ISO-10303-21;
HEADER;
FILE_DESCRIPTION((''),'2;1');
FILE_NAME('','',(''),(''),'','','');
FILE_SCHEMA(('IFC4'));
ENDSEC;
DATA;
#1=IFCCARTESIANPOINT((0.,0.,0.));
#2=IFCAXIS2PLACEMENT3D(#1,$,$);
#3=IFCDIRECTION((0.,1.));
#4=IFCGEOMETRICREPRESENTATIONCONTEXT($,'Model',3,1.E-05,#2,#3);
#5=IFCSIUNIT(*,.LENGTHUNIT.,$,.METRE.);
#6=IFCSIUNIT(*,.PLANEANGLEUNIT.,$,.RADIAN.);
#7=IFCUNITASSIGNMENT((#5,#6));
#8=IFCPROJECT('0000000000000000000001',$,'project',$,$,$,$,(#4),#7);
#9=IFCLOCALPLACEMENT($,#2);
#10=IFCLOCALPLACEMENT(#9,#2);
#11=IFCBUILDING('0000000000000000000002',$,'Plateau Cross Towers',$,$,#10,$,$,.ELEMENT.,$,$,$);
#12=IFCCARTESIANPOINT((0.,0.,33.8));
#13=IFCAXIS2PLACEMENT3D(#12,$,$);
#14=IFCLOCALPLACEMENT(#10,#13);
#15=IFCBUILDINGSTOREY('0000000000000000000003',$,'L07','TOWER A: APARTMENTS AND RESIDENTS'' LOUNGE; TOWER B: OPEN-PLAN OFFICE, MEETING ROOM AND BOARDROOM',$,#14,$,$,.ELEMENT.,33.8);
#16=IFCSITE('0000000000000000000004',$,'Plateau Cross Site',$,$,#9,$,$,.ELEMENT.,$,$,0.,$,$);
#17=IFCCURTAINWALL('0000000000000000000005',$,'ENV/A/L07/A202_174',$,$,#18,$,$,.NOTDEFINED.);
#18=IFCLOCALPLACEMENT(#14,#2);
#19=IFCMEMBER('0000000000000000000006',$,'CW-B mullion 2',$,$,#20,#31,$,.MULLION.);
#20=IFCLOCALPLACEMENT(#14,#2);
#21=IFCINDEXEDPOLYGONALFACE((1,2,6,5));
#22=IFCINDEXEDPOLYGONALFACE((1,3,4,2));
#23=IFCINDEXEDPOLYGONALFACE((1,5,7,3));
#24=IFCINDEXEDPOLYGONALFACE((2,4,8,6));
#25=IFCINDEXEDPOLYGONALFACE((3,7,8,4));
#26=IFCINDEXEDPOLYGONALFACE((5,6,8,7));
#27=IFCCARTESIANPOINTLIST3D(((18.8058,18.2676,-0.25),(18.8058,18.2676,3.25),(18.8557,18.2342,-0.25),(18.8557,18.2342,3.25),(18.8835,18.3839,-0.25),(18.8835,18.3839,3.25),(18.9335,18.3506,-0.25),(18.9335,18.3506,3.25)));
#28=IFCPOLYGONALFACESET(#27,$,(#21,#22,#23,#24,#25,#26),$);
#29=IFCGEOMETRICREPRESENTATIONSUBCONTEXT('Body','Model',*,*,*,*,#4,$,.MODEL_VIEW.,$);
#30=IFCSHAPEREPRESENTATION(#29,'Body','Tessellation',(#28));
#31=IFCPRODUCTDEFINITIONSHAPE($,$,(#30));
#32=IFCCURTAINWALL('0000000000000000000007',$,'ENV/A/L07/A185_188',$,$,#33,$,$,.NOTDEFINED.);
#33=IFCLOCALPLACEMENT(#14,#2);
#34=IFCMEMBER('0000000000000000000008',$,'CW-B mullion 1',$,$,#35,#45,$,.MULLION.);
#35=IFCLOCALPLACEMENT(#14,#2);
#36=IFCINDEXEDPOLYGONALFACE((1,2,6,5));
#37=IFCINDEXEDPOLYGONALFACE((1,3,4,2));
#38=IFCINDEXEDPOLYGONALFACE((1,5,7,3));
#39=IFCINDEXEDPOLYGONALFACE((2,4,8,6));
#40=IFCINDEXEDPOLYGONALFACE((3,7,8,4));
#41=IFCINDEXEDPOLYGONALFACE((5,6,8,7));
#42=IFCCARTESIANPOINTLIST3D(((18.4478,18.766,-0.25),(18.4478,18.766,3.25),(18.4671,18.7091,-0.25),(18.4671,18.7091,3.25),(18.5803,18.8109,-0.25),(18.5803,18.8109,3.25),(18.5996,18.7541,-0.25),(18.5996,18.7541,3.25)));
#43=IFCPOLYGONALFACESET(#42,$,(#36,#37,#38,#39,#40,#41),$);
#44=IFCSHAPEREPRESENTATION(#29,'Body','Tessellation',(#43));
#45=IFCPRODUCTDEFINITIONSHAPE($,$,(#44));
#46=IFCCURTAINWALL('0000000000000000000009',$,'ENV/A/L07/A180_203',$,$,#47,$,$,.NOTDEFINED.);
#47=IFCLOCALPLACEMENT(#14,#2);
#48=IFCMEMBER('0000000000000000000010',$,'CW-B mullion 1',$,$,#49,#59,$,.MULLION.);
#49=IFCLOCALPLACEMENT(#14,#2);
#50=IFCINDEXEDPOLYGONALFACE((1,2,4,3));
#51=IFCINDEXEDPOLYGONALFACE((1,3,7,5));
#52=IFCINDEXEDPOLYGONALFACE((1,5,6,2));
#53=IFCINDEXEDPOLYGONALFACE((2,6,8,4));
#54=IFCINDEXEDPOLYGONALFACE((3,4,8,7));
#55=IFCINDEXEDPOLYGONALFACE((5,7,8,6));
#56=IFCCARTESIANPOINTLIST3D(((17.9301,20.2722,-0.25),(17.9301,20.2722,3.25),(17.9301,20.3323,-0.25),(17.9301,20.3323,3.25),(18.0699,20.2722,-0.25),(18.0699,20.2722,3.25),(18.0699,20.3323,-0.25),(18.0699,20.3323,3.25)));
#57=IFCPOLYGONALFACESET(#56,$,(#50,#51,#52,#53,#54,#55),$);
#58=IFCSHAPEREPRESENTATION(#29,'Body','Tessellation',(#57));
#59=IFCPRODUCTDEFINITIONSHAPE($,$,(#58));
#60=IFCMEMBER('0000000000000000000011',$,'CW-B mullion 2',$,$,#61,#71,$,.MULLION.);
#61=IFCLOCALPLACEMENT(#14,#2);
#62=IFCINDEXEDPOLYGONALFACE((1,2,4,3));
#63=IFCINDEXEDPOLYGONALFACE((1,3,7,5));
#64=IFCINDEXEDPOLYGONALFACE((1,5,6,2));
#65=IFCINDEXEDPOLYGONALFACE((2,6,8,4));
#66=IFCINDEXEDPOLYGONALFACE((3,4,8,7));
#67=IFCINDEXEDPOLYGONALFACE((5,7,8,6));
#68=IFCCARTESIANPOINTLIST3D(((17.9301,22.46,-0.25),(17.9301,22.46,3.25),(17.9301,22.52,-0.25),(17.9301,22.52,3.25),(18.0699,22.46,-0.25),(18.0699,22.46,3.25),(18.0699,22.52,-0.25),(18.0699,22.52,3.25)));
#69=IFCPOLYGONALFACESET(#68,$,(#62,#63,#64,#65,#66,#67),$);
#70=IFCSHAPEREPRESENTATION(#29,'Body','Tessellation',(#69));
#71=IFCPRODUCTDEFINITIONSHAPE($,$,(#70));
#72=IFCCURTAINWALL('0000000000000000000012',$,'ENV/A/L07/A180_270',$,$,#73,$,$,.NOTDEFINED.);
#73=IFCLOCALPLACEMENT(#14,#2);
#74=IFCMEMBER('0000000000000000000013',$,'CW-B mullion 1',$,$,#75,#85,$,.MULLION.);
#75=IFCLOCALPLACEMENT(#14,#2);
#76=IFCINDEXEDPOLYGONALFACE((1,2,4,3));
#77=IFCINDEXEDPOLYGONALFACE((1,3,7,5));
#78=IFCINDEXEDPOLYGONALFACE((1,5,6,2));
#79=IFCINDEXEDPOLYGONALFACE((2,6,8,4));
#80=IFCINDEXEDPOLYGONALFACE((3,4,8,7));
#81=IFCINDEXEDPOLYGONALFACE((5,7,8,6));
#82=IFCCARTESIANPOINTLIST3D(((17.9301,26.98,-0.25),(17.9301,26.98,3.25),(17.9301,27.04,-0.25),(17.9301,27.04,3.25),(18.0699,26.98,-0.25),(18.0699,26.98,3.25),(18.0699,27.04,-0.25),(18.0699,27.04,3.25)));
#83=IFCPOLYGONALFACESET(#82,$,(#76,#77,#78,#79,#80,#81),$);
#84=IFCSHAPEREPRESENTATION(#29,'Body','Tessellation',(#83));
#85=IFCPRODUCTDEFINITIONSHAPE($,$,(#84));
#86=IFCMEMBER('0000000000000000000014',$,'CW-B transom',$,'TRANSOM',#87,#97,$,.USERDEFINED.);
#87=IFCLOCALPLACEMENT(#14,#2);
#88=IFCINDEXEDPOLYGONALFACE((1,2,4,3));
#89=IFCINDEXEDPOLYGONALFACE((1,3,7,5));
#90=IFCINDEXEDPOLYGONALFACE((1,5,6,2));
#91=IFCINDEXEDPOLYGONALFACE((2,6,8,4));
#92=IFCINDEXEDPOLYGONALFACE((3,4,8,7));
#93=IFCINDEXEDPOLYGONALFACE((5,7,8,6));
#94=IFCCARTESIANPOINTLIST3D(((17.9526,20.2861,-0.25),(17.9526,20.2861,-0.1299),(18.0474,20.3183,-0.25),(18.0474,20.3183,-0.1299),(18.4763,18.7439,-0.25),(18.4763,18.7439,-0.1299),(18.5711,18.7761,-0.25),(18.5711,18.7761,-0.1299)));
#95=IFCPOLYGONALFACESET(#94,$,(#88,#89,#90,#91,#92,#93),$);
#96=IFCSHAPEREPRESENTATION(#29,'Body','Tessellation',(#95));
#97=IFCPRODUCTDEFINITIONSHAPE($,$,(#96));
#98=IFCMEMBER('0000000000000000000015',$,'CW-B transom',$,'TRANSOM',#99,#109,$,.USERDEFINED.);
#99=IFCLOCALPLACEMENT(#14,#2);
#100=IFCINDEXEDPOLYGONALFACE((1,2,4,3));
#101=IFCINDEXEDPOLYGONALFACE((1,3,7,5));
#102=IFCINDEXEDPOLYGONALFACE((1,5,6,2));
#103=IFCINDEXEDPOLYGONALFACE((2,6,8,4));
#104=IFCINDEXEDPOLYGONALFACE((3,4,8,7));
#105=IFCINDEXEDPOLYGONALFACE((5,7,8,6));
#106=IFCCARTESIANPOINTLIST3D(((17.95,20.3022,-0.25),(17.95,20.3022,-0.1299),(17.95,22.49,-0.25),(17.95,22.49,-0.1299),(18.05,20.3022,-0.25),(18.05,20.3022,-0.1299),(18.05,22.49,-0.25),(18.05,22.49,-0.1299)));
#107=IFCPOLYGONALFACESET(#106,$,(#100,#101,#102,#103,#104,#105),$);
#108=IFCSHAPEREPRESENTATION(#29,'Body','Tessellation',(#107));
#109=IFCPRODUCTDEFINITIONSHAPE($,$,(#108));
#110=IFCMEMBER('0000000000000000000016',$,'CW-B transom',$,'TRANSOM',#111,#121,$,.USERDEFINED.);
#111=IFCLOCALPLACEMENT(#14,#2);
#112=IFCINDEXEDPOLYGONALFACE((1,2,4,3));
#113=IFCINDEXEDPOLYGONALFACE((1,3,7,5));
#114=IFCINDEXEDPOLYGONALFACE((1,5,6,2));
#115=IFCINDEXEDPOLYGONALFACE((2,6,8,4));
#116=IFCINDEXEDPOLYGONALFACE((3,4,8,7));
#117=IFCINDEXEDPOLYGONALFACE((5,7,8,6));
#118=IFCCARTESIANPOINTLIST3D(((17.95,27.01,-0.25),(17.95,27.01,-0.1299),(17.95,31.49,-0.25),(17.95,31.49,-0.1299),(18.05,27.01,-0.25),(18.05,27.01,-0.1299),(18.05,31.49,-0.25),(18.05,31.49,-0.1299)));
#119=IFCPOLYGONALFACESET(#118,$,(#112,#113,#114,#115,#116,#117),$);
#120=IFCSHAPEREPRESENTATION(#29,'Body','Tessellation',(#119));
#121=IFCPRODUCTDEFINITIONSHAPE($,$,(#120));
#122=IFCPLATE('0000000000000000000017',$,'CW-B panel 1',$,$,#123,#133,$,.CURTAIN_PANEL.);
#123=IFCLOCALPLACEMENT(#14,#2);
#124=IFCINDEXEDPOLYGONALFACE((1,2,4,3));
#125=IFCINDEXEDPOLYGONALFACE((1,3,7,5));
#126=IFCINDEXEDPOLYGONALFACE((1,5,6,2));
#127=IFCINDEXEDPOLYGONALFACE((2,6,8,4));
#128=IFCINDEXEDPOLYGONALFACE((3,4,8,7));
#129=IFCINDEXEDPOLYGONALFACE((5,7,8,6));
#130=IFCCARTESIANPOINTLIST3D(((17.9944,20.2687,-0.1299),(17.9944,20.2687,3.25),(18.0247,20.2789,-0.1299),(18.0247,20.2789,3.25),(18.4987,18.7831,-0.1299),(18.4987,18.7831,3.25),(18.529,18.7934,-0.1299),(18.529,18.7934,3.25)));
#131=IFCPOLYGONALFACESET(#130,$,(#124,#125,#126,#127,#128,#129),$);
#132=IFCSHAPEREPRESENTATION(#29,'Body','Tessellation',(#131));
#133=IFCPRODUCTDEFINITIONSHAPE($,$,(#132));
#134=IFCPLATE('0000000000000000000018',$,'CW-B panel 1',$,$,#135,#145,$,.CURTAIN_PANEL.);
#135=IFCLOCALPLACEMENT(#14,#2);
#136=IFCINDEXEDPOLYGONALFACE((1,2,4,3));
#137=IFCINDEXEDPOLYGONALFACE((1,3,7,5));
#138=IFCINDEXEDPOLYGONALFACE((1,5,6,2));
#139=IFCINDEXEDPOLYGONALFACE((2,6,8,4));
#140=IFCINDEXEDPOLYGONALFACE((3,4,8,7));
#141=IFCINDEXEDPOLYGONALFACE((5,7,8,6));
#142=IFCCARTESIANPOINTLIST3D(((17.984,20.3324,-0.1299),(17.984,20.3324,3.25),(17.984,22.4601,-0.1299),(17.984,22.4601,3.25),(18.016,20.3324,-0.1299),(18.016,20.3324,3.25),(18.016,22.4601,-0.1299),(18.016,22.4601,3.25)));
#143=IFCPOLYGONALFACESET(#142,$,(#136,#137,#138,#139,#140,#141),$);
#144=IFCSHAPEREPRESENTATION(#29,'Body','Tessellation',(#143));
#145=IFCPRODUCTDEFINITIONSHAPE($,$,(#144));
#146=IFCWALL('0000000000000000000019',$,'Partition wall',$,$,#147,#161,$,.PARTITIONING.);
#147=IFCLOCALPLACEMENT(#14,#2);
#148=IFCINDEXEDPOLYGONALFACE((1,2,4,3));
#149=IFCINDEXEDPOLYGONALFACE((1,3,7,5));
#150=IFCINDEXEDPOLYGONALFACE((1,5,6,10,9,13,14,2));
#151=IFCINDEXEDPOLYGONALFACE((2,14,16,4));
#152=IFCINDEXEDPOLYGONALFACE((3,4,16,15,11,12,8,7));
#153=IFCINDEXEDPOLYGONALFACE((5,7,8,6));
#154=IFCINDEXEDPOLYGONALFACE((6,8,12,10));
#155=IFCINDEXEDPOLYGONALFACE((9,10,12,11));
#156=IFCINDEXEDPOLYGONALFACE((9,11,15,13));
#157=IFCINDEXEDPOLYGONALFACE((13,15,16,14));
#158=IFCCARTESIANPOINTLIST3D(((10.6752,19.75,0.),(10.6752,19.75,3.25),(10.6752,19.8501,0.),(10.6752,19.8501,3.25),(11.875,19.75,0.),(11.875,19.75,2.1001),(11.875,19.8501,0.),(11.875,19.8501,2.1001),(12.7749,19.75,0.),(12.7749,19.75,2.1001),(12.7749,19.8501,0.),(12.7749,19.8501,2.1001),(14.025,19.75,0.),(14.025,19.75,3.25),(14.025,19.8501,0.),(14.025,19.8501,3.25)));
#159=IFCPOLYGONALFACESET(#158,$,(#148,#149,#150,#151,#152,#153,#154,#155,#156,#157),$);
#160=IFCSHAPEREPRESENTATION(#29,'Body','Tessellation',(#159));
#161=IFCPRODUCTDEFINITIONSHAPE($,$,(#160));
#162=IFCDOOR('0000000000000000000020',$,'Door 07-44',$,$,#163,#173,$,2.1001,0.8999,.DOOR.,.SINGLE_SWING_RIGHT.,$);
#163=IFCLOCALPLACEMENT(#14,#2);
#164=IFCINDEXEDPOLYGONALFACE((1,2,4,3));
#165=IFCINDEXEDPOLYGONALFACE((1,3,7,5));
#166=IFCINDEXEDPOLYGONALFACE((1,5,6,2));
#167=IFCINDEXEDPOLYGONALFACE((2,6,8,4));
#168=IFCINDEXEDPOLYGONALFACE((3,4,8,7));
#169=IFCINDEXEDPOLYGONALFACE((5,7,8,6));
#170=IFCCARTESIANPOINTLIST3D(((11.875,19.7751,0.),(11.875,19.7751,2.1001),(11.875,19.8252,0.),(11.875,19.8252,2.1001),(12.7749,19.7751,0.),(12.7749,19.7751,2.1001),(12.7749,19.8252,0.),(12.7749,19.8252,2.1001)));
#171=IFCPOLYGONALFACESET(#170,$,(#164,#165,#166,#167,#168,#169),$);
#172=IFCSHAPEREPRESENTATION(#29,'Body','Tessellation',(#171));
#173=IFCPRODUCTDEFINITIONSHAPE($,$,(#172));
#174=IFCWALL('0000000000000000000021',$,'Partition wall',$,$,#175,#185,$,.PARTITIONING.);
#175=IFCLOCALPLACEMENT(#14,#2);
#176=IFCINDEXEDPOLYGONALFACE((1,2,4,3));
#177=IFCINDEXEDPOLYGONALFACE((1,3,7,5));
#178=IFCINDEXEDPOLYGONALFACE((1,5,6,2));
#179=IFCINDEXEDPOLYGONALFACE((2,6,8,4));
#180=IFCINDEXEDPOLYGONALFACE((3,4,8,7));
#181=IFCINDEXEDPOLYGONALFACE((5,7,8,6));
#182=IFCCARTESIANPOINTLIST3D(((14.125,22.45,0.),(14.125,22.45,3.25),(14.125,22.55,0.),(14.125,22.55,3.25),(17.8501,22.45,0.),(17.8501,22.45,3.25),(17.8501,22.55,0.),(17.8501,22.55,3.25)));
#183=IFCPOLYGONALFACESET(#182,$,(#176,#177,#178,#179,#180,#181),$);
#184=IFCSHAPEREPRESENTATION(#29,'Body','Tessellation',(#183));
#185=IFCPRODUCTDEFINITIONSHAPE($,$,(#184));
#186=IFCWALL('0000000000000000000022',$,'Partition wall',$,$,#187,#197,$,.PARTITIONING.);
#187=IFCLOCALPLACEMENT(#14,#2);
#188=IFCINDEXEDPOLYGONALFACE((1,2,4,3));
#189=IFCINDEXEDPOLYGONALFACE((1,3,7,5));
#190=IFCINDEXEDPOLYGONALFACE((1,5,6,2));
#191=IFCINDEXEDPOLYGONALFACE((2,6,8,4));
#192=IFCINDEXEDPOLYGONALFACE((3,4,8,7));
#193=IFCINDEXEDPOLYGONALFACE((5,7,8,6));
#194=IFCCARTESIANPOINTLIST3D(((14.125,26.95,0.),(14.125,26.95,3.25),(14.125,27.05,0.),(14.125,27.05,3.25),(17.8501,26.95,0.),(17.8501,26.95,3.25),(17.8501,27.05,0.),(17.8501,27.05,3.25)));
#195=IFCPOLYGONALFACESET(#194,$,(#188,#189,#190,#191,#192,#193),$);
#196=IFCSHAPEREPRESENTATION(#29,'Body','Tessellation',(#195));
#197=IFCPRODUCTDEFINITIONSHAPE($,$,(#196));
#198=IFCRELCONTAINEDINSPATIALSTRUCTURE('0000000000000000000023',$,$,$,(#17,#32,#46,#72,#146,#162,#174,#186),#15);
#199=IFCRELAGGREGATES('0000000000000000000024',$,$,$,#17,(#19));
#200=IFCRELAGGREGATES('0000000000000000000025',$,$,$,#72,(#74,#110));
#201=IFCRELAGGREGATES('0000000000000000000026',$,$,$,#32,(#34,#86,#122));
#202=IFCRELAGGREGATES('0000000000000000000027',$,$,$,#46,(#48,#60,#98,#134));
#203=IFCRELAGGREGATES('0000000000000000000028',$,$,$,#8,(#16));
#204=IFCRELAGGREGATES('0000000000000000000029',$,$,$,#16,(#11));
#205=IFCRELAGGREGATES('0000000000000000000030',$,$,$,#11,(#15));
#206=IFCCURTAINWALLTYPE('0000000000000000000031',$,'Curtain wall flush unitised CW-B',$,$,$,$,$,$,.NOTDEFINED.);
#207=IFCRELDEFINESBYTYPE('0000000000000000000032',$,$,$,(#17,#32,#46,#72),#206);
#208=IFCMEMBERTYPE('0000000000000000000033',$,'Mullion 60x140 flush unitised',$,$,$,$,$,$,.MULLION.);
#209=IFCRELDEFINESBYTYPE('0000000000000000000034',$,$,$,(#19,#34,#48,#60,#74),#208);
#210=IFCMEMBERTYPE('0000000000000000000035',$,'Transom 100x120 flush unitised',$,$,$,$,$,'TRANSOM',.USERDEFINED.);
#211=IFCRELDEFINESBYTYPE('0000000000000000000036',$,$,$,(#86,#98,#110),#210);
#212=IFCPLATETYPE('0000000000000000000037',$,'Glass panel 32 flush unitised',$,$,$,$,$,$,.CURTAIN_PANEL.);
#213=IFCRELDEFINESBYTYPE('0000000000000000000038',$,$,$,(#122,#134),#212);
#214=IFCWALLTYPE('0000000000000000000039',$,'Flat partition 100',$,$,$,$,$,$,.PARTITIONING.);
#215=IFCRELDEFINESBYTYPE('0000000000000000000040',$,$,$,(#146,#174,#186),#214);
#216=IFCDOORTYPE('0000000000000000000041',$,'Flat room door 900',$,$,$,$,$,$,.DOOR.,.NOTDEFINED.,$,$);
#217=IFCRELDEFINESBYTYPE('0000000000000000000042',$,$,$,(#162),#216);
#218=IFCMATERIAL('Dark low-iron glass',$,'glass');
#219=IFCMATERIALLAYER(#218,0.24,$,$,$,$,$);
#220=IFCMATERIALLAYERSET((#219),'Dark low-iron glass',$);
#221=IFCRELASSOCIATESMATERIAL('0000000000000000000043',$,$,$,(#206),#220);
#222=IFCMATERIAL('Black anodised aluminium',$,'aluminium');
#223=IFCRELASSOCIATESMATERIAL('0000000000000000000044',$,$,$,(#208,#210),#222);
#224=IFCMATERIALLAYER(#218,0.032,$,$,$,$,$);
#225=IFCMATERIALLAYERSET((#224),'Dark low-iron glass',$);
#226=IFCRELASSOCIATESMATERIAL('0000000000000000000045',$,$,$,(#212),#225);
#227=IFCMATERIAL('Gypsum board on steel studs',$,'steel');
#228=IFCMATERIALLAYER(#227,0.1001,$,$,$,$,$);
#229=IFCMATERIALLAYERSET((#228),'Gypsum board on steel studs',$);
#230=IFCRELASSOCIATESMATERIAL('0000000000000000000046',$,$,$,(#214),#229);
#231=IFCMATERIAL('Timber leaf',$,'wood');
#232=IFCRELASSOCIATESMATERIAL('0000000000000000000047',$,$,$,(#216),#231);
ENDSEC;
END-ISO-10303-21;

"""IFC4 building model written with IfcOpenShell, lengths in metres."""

from ifc_helpers import new_model, si_unit, direction, frame, frame_2d, origin, origin_2d, place, context, subcontext, project, spatial, rectangle, extrude, material, layer, layer_set, material_profile, profile_set, type_object, element, fill, aggregate, save


model = new_model("IFC4")

# Units and contexts
model_context = context("Model", 3, precision=1e-05, world=origin(), true_north=direction((0.0, 1.0)))
body_context = subcontext(model_context, "Body", "Model", "MODEL_VIEW")
ifc_project = project(units=[si_unit("LENGTHUNIT", "METRE"), si_unit("PLANEANGLEUNIT", "RADIAN")], contexts=[model_context])

# Site, building, storey
site_placement = place(None, origin())
site = spatial("IfcSite", under=ifc_project, at=site_placement, Name="Plateau Cross Site", CompositionType="ELEMENT", RefElevation=0.0)
building_placement = place(site_placement, origin())
building = spatial("IfcBuilding", under=site, at=building_placement, Name="Plateau Cross Towers", CompositionType="ELEMENT")
storey_placement = place(building_placement, frame((0.0, 0.0, 33.8)))
storey = spatial("IfcBuildingStorey", under=building, at=storey_placement, Name="L07", Description="TOWER A: APARTMENTS AND RESIDENTS' LOUNGE; TOWER B: OPEN-PLAN OFFICE, MEETING ROOM AND BOARDROOM", CompositionType="ELEMENT", Elevation=33.8)

# Curtain walls, members
ifc_material_1 = material(Name="Dark low-iron glass", Category="glass")
ifc_layer_1 = layer(ifc_material_1, 0.24)
ifc_layer_set_1 = layer_set([ifc_layer_1], Name="Dark low-iron glass")
curtain_wall_type = type_object("IfcCurtainWallType", Name="Curtain wall flush unitised CW-B", PredefinedType="NOTDEFINED", material=ifc_layer_set_1)
curtain_wall_1_placement = place(storey_placement, origin())
curtain_wall_1 = element("IfcCurtainWall", 1, at=curtain_wall_1_placement, inside=storey, type_object=curtain_wall_type, Name="ENV/A/L07/A202_174", PredefinedType="NOTDEFINED")
ifc_material_2 = material(Name="Black anodised aluminium", Category="aluminium")
ifc_material_profile_1 = material_profile(ifc_material_2, rectangle(XDim=0.0601, YDim=0.1399, at=origin_2d()), Name="MULLION 60x140")
ifc_profile_set_1 = profile_set([ifc_material_profile_1], Name="Black anodised aluminium")
member_type_1 = type_object("IfcMemberType", Name="Mullion 60x140 flush unitised", PredefinedType="MULLION", material=ifc_profile_set_1)
member_1_placement = place(storey_placement, frame((18.8696, 18.3091, -0.25), z_axis=(0.0, 0.0, 1.0), x_axis=(-0.831521, 0.555493, 0.0)))
member_1 = element("IfcMember", 2, at=member_1_placement, type_object=member_type_1, Name="CW-B mullion 2", PredefinedType="MULLION", context=body_context, shape_type="SweptSolid", body=[
    extrude(rectangle(XDim=0.0601, YDim=0.1399, at=origin_2d()), origin(), (0.0, 0.0, 1.0), 3.5),
])
aggregate(curtain_wall_1, [member_1])
curtain_wall_2_placement = place(storey_placement, origin())
curtain_wall_2 = element("IfcCurtainWall", 3, at=curtain_wall_2_placement, inside=storey, type_object=curtain_wall_type, Name="ENV/A/L07/A185_188", PredefinedType="NOTDEFINED")
member_2_placement = place(storey_placement, frame((18.5237, 18.76, -0.25), z_axis=(0.0, 0.0, 1.0), x_axis=(-0.321469, 0.94692, 0.0)))
member_2 = element("IfcMember", 4, at=member_2_placement, type_object=member_type_1, Name="CW-B mullion 1", PredefinedType="MULLION", context=body_context, shape_type="SweptSolid", body=[
    extrude(rectangle(XDim=0.0601, YDim=0.1399, at=origin_2d()), origin(), (0.0, 0.0, 1.0), 3.5),
])

# Curtain wall, members
curtain_wall_3_placement = place(storey_placement, origin())
curtain_wall_3 = element("IfcCurtainWall", 5, at=curtain_wall_3_placement, inside=storey, type_object=curtain_wall_type, Name="ENV/A/L07/A180_203", PredefinedType="NOTDEFINED")
member_3_placement = place(storey_placement, frame((18.0, 20.3022, -0.25), z_axis=(0.0, 0.0, 1.0), x_axis=(0.0, 1.0, 0.0)))
member_3 = element("IfcMember", 6, at=member_3_placement, type_object=member_type_1, Name="CW-B mullion 1", PredefinedType="MULLION", context=body_context, shape_type="SweptSolid", body=[
    extrude(rectangle(XDim=0.0601, YDim=0.1399, at=origin_2d()), origin(), (0.0, 0.0, 1.0), 3.5),
])
member_4_placement = place(storey_placement, frame((18.0, 22.49, -0.25), z_axis=(0.0, 0.0, 1.0), x_axis=(0.0, 1.0, 0.0)))
member_4 = element("IfcMember", 7, at=member_4_placement, type_object=member_type_1, Name="CW-B mullion 2", PredefinedType="MULLION", context=body_context, shape_type="SweptSolid", body=[
    extrude(rectangle(XDim=0.0601, YDim=0.1399, at=origin_2d()), origin(), (0.0, 0.0, 1.0), 3.5),
])

# Curtain wall, member
curtain_wall_4_placement = place(storey_placement, origin())
curtain_wall_4 = element("IfcCurtainWall", 8, at=curtain_wall_4_placement, inside=storey, type_object=curtain_wall_type, Name="ENV/A/L07/A180_270", PredefinedType="NOTDEFINED")
member_5_placement = place(storey_placement, frame((18.0, 27.01, -0.25), z_axis=(0.0, 0.0, 1.0), x_axis=(0.0, 1.0, 0.0)))
member_5 = element("IfcMember", 9, at=member_5_placement, type_object=member_type_1, Name="CW-B mullion 1", PredefinedType="MULLION", context=body_context, shape_type="SweptSolid", body=[
    extrude(rectangle(XDim=0.0601, YDim=0.1399, at=origin_2d()), origin(), (0.0, 0.0, 1.0), 3.5),
])

# Members
ifc_material_profile_2 = material_profile(ifc_material_2, rectangle(XDim=0.1001, YDim=0.1201, at=origin_2d()), Name="TRANSOM 100x120")
ifc_profile_set_2 = profile_set([ifc_material_profile_2], Name="Black anodised aluminium")
member_type_2 = type_object("IfcMemberType", Name="Transom 100x120 flush unitised", ElementType="TRANSOM", PredefinedType="USERDEFINED", material=ifc_profile_set_2)
member_6_placement = place(storey_placement, frame((18.5237, 18.76, -0.1899), z_axis=(-0.321529, 0.9469, 0.0), x_axis=(-0.9469, -0.321529, 0.0)))
member_6 = element("IfcMember", 10, at=member_6_placement, type_object=member_type_2, Name="CW-B transom", ObjectType="TRANSOM", PredefinedType="USERDEFINED", context=body_context, shape_type="SweptSolid", body=[
    extrude(rectangle(XDim=0.1001, YDim=0.1201, at=origin_2d()), origin(), (0.0, 0.0, 1.0), 1.6287),
])
member_7_placement = place(storey_placement, frame((18.0, 20.3022, -0.1899), z_axis=(0.0, 1.0, 0.0), x_axis=(-1.0, 0.0, 0.0)))
member_7 = element("IfcMember", 11, at=member_7_placement, type_object=member_type_2, Name="CW-B transom", ObjectType="TRANSOM", PredefinedType="USERDEFINED", context=body_context, shape_type="SweptSolid", body=[
    extrude(rectangle(XDim=0.1001, YDim=0.1201, at=origin_2d()), origin(), (0.0, 0.0, 1.0), 2.1877),
])
member_8_placement = place(storey_placement, frame((18.0, 27.01, -0.1899), z_axis=(0.0, 1.0, 0.0), x_axis=(-1.0, 0.0, 0.0)))
member_8 = element("IfcMember", 12, at=member_8_placement, type_object=member_type_2, Name="CW-B transom", ObjectType="TRANSOM", PredefinedType="USERDEFINED", context=body_context, shape_type="SweptSolid", body=[
    extrude(rectangle(XDim=0.1001, YDim=0.1201, at=origin_2d()), origin(), (0.0, 0.0, 1.0), 4.48),
])
aggregate(curtain_wall_4, [member_5, member_8])

# Plates
ifc_layer_2 = layer(ifc_material_1, 0.032)
ifc_layer_set_2 = layer_set([ifc_layer_2], Name="Dark low-iron glass")
plate_type = type_object("IfcPlateType", Name="Glass panel 32 flush unitised", PredefinedType="CURTAIN_PANEL", material=ifc_layer_set_2)
plate_1_placement = place(storey_placement, frame((18.2617, 19.531, -0.1299), z_axis=(0.0, 0.0, 1.0), x_axis=(-0.321469, 0.94692, 0.0)))
plate_1 = element("IfcPlate", 13, at=plate_1_placement, type_object=plate_type, Name="CW-B panel 1", PredefinedType="CURTAIN_PANEL", context=body_context, shape_type="SweptSolid", body=[
    extrude(rectangle(XDim=1.5688, YDim=0.032, at=origin_2d()), origin(), (0.0, 0.0, 1.0), 3.3799),
])
aggregate(curtain_wall_2, [member_2, member_6, plate_1])
plate_2_placement = place(storey_placement, frame((18.0, 21.3962, -0.1299), z_axis=(0.0, 0.0, 1.0), x_axis=(0.0, 1.0, 0.0)))
plate_2 = element("IfcPlate", 14, at=plate_2_placement, type_object=plate_type, Name="CW-B panel 1", PredefinedType="CURTAIN_PANEL", context=body_context, shape_type="SweptSolid", body=[
    extrude(rectangle(XDim=2.1277, YDim=0.032, at=origin_2d()), origin(), (0.0, 0.0, 1.0), 3.3799),
])
aggregate(curtain_wall_3, [member_3, member_4, member_7, plate_2])

# Wall, opening, door
ifc_material_3 = material(Name="Gypsum board on steel studs", Category="steel")
ifc_layer_3 = layer(ifc_material_3, 0.1001)
ifc_layer_set_3 = layer_set([ifc_layer_3], Name="Gypsum board on steel studs")
wall_type_1 = type_object("IfcWallType", Name="Flat partition 100", PredefinedType="PARTITIONING", material=ifc_layer_set_3)
wall_1_placement = place(storey_placement, frame((14.0249, 19.8, 0.0), z_axis=(0.0, 0.0, 1.0), x_axis=(-1.0, 0.0, 0.0)))
wall_1 = element("IfcWall", 15, at=wall_1_placement, inside=storey, type_object=wall_type_1, Name="Partition wall", PredefinedType="PARTITIONING", context=body_context, shape_type="SweptSolid", body=[
    extrude(rectangle(XDim=3.3499, YDim=0.1001, at=frame_2d((1.6748, 0.0))), origin(), (0.0, 0.0, 1.0), 3.25),
])
opening_1_placement = place(wall_1_placement, frame((1.25, 0.0, 0.0)))
opening_1 = element("IfcOpeningElement", 16, at=opening_1_placement, cuts=wall_1, PredefinedType="OPENING", context=body_context, shape_type="SweptSolid", body=[
    extrude(rectangle(XDim=0.8999, YDim=2.1001, at=frame_2d((0.45, 1.05))), frame((0.0, 0.0601, 0.0), z_axis=(0.0, -1.0, 0.0), x_axis=(1.0, 0.0, 0.0)), (0.0, 0.0, 1.0), 0.1201),
])
ifc_material_4 = material(Name="Timber leaf", Category="wood")
door_type_1 = type_object("IfcDoorType", Name="Flat room door 900", OperationType="NOTDEFINED", PredefinedType="DOOR", material=ifc_material_4)
door_1_placement = place(opening_1_placement, origin())
door_1 = element("IfcDoor", 17, at=door_1_placement, inside=storey, type_object=door_type_1, Name="Door 07-44", OperationType="SINGLE_SWING_RIGHT", OverallHeight=2.1001, OverallWidth=0.8999, PredefinedType="DOOR", context=body_context, shape_type="SweptSolid", body=[
    extrude(rectangle(XDim=0.8999, YDim=2.1001, at=frame_2d((0.45, 1.05))), frame((0.0, 0.0249, 0.0), z_axis=(0.0, -1.0, 0.0), x_axis=(1.0, 0.0, 0.0)), (0.0, 0.0, 1.0), 0.05),
])
fill(opening_1, door_1)

# Walls
for number, where, z_axis, x_axis, name in (
    (18, (17.8501, 22.5, 0.0), (0.0, 0.0, 1.0), (-1.0, 0.0, 0.0), "Partition wall"),
    (19, (17.8501, 27.0, 0.0), (0.0, 0.0, 1.0), (-1.0, 0.0, 0.0), "Partition wall"),
):
    element("IfcWall", number, at=place(storey_placement, frame(where, z_axis=z_axis, x_axis=x_axis)), inside=storey, type_object=wall_type_1, Name=name, PredefinedType="PARTITIONING", context=body_context, shape_type="SweptSolid", body=[
        extrude(rectangle(XDim=3.7251, YDim=0.1001, at=frame_2d((1.8625, 0.0))), origin(), (0.0, 0.0, 1.0), 3.25),
    ])

save(model, "model.ifc")
